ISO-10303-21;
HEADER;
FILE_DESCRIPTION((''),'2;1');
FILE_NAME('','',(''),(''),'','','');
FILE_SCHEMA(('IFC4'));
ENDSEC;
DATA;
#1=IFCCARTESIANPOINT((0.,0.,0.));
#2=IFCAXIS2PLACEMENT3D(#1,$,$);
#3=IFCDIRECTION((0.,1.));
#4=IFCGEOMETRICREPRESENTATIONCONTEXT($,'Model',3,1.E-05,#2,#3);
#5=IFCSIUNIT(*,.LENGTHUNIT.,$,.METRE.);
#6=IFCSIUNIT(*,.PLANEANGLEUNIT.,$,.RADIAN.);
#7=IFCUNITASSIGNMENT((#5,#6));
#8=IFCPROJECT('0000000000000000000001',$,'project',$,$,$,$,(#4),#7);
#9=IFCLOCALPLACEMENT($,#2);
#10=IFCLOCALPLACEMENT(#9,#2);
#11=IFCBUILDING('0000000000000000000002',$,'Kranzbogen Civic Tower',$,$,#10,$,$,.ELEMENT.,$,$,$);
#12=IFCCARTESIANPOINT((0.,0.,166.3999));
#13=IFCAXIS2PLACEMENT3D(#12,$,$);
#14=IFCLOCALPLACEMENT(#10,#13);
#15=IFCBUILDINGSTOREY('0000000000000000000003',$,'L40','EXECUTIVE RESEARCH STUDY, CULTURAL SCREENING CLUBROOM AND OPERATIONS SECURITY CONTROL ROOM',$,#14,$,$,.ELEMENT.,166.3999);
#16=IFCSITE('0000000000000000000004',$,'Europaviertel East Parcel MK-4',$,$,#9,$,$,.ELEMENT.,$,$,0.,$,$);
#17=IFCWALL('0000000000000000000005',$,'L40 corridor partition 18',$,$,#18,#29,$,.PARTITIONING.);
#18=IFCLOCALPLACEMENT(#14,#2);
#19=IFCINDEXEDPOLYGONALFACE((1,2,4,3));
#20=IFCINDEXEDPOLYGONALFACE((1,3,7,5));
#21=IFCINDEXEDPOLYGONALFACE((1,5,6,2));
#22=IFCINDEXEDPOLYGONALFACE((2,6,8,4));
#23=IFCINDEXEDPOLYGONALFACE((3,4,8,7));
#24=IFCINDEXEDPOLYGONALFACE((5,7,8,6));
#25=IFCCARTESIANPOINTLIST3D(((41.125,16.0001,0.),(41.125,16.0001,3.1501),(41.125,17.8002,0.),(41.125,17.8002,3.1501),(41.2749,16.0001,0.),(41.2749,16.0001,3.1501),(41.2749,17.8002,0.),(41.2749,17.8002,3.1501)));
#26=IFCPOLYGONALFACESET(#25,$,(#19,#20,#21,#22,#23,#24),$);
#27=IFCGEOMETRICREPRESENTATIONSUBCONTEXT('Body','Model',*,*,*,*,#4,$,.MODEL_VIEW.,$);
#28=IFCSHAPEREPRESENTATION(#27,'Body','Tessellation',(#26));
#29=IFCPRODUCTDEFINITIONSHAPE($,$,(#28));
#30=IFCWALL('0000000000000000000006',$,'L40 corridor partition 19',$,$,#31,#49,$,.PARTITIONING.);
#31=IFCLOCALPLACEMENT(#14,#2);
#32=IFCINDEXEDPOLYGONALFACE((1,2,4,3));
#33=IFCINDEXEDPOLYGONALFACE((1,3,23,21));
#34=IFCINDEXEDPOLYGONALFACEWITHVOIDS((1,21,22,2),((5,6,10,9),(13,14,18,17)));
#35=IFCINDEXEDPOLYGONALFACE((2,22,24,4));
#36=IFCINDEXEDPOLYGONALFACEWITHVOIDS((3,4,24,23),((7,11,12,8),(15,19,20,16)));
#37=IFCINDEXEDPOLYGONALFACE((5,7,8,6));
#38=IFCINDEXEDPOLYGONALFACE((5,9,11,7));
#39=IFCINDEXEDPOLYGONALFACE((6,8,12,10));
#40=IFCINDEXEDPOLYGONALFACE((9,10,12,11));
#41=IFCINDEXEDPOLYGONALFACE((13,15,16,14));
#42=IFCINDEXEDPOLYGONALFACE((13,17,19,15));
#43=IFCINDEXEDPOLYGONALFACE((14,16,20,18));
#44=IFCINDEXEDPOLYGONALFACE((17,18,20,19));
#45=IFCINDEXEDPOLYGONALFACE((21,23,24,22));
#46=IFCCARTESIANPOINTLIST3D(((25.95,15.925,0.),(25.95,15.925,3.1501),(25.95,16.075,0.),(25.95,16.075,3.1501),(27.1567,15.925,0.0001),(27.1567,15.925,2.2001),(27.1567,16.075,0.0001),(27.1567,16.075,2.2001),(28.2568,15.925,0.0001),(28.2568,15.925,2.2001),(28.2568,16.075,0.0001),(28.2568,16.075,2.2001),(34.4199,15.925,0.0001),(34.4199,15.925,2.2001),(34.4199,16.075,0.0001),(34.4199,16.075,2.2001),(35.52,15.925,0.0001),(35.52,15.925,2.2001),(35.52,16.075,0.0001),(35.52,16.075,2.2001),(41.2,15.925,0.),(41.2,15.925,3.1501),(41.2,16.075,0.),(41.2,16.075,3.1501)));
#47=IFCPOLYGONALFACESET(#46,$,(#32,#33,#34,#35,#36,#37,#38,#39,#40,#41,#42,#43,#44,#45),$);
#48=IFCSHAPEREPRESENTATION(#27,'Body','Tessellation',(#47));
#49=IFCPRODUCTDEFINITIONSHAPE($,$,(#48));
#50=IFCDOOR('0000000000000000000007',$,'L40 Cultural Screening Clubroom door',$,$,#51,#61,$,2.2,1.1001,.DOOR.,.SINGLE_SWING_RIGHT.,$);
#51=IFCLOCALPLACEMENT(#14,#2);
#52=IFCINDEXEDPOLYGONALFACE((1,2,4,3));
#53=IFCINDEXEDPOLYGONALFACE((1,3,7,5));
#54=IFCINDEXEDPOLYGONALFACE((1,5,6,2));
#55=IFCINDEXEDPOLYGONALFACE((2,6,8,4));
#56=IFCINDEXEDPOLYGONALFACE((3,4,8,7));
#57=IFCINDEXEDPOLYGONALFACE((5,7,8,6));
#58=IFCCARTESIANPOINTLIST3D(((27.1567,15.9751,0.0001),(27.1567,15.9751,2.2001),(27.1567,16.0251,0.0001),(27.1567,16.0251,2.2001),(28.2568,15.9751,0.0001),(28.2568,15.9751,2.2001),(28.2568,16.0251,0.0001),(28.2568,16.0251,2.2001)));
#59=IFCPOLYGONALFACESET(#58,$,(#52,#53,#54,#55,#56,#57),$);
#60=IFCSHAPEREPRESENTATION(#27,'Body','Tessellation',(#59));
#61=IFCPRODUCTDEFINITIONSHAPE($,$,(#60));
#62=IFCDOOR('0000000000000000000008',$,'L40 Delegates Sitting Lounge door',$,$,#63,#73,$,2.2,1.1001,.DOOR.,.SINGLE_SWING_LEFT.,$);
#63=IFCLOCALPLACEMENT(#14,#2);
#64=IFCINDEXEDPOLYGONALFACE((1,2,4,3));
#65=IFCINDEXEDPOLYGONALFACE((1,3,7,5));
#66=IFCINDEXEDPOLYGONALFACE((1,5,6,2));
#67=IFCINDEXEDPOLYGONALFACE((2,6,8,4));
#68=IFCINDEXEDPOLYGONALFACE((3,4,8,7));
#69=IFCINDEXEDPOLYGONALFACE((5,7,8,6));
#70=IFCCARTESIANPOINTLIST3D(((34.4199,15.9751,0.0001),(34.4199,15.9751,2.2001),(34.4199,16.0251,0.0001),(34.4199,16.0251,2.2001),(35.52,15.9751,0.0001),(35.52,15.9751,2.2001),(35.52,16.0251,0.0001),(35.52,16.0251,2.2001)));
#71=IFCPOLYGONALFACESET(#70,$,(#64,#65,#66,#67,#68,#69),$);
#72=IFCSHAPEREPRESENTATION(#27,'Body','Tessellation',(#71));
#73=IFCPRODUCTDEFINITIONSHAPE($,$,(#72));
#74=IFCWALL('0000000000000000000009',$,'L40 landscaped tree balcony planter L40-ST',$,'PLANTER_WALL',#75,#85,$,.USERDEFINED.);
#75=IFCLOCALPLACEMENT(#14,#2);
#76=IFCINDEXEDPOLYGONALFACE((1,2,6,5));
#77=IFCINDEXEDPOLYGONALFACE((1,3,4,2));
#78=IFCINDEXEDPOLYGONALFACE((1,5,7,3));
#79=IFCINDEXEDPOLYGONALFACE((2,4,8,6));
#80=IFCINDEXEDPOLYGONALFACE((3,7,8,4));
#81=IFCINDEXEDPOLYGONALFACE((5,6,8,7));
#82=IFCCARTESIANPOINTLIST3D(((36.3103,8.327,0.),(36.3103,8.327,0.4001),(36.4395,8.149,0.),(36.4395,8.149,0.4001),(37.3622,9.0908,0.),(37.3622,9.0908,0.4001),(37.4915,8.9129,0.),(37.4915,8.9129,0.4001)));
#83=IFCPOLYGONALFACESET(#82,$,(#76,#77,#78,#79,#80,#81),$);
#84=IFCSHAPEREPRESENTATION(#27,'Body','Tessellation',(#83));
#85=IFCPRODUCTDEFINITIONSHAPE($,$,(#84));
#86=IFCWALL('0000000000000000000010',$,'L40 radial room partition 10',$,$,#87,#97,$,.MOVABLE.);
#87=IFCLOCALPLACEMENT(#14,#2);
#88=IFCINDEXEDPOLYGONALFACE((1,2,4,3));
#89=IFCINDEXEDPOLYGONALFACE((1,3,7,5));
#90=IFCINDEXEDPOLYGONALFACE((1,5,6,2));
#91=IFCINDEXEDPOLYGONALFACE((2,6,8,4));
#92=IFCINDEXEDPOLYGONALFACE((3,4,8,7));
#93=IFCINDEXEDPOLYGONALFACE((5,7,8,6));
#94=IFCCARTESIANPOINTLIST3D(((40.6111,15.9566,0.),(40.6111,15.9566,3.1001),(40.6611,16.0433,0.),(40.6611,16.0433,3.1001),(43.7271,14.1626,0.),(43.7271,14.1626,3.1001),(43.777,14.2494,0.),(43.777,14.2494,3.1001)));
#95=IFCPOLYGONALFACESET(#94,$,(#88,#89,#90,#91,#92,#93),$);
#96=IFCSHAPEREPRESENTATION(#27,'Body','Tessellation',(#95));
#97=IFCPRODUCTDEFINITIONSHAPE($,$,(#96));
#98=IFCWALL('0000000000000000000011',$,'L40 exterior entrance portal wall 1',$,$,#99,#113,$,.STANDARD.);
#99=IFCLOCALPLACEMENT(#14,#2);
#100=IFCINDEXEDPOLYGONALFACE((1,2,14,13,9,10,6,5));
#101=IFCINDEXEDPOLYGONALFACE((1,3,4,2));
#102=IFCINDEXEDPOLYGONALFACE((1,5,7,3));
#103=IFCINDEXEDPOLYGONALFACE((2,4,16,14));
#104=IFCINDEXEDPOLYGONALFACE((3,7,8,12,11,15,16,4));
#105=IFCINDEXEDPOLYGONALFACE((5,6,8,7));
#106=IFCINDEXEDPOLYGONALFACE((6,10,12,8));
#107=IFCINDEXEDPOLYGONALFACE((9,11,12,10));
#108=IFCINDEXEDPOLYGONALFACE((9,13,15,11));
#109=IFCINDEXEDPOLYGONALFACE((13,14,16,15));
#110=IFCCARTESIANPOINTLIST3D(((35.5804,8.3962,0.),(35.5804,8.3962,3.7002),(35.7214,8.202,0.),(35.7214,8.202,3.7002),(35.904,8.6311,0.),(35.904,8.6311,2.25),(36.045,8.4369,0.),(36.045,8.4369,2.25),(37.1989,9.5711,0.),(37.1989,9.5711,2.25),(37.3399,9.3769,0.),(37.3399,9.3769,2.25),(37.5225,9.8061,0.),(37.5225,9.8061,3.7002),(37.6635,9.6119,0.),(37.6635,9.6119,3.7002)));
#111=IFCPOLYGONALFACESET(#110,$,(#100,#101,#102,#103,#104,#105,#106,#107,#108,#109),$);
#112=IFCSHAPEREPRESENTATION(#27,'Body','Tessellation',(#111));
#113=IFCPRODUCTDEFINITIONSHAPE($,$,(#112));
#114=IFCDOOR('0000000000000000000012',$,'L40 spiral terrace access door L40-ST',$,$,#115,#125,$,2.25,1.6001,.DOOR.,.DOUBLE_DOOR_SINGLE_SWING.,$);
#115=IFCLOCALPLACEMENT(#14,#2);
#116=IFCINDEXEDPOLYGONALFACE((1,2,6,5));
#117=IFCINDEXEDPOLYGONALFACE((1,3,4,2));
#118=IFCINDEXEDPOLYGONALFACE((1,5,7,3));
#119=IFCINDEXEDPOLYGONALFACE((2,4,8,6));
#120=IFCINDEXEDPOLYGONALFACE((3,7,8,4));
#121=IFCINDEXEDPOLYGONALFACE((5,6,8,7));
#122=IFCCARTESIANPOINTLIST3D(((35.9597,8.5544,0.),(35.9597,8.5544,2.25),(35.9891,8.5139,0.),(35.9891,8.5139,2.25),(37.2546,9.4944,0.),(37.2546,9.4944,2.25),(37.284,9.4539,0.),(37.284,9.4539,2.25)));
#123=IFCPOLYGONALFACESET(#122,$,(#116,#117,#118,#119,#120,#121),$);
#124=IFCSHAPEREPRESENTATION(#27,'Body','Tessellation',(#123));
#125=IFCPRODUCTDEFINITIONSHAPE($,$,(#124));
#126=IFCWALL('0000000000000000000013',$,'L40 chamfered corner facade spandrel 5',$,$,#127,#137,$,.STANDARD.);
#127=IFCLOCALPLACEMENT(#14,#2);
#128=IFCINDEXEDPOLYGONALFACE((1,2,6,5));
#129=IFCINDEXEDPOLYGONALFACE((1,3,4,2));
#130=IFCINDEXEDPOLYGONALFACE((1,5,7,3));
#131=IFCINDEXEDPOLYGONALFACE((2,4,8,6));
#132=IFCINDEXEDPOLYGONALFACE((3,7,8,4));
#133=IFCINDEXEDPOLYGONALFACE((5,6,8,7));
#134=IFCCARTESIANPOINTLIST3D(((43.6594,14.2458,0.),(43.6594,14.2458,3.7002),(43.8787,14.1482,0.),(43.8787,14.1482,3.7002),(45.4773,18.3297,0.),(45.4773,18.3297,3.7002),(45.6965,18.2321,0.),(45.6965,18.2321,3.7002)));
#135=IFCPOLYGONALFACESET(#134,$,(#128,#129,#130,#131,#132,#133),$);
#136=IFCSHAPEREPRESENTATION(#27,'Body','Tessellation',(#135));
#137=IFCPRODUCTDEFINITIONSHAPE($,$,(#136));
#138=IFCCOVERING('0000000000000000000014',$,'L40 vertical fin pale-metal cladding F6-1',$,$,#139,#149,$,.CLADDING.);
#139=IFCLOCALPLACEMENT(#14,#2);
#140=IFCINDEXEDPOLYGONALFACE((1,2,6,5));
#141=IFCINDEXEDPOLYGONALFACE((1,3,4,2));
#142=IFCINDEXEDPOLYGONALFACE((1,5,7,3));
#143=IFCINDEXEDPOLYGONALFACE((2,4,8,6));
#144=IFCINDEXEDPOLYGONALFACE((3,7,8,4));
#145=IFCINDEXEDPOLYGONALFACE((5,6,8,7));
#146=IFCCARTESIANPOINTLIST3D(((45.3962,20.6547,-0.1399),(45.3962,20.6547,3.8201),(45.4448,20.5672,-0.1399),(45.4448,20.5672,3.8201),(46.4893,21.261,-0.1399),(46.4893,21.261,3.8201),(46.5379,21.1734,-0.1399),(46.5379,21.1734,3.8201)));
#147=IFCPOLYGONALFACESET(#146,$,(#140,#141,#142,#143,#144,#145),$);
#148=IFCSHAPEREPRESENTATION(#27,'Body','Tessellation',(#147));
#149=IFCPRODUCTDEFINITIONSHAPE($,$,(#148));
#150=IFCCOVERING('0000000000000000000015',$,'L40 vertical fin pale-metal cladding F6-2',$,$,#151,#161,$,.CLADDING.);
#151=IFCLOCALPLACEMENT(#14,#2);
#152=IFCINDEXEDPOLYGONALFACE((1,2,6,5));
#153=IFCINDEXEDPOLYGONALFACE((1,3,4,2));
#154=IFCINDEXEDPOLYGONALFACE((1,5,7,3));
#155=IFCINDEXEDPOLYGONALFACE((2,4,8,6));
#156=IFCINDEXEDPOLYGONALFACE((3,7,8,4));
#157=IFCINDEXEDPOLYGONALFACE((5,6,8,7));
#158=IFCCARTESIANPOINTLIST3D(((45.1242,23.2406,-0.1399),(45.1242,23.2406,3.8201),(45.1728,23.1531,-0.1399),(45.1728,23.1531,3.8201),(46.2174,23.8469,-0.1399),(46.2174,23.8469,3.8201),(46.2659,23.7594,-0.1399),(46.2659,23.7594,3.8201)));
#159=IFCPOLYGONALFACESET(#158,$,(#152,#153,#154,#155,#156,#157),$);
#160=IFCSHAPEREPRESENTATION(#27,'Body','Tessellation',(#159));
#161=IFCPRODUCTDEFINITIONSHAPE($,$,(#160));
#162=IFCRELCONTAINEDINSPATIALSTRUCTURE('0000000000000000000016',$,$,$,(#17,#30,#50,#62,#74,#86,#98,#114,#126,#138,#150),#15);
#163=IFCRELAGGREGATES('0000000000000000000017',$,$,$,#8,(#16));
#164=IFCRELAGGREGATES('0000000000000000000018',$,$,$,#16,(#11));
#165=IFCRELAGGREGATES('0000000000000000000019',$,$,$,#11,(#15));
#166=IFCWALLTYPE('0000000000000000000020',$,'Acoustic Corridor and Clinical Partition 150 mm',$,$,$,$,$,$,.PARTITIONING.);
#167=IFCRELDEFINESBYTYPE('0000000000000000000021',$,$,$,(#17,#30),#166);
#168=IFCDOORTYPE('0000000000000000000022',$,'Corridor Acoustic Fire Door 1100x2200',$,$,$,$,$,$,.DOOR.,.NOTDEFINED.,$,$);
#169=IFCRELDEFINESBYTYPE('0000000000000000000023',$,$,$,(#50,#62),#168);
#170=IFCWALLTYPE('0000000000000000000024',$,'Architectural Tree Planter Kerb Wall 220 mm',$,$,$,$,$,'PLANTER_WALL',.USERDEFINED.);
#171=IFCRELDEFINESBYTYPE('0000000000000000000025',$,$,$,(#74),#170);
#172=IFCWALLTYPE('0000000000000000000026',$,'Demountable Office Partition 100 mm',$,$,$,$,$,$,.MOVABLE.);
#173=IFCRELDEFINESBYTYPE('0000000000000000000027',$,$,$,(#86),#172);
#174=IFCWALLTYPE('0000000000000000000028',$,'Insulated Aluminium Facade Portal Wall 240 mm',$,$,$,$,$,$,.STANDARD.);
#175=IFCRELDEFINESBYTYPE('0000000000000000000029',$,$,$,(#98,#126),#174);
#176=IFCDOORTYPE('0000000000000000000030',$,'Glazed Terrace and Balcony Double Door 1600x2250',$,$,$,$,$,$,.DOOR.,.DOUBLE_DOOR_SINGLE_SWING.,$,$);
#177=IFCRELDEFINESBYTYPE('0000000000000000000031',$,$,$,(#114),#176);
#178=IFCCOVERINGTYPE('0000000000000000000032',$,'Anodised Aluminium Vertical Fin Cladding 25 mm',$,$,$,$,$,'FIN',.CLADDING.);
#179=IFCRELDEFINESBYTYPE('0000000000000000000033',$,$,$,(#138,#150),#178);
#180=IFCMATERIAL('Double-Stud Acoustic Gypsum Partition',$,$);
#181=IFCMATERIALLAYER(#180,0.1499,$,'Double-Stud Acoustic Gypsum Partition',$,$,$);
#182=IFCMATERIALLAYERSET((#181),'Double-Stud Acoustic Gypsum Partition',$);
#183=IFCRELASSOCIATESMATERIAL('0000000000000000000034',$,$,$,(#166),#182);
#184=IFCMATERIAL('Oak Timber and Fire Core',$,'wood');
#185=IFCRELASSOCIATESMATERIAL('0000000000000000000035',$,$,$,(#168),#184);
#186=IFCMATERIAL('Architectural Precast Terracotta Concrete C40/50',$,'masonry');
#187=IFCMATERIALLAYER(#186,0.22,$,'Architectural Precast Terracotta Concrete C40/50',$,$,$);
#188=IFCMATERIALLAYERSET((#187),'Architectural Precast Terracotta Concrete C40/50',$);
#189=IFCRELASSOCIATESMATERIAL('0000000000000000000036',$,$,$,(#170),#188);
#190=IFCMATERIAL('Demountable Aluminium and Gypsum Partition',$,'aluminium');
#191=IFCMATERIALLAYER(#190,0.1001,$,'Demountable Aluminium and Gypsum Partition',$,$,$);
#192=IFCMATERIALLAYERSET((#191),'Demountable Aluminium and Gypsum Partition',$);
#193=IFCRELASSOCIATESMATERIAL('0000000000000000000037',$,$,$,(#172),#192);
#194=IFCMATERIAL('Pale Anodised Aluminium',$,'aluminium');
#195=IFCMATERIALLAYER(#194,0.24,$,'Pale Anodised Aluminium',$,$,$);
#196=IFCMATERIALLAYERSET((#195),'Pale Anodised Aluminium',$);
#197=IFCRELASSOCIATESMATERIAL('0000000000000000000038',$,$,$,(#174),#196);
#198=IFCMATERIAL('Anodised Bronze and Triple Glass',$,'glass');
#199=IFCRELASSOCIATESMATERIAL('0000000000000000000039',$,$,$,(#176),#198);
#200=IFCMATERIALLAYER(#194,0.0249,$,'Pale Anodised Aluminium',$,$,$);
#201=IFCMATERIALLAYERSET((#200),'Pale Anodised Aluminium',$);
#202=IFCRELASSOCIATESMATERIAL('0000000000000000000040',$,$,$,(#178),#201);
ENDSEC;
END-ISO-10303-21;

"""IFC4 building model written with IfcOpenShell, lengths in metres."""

from ifc_helpers import new_model, si_unit, direction, frame, frame_2d, origin, origin_2d, place, context, subcontext, project, spatial, rectangle, extrude, material, layer, layer_set, type_object, element, fill, save


model = new_model("IFC4")

# Units and contexts
model_context = context("Model", 3, precision=1e-05, world=origin(), true_north=direction((0.0, 1.0)))
body_context = subcontext(model_context, "Body", "Model", "MODEL_VIEW")
ifc_project = project(units=[si_unit("LENGTHUNIT", "METRE"), si_unit("PLANEANGLEUNIT", "RADIAN")], contexts=[model_context])

# Site, building, storey
site_placement = place(None, origin())
site = spatial("IfcSite", under=ifc_project, at=site_placement, Name="Europaviertel East Parcel MK-4", CompositionType="ELEMENT", RefElevation=0.0)
building_placement = place(site_placement, origin())
building = spatial("IfcBuilding", under=site, at=building_placement, Name="Kranzbogen Civic Tower", CompositionType="ELEMENT")
storey_placement = place(building_placement, frame((0.0, 0.0, 166.3999)))
storey = spatial("IfcBuildingStorey", under=building, at=storey_placement, Name="L40", Description="EXECUTIVE RESEARCH STUDY, CULTURAL SCREENING CLUBROOM AND OPERATIONS SECURITY CONTROL ROOM", CompositionType="ELEMENT", Elevation=166.3999)

# Shared definitions
ifc_material_1 = material(Name="Pale Anodised Aluminium", Category="aluminium")

# Wall
ifc_material_2 = material(Name="Double-Stud Acoustic Gypsum Partition")
ifc_layer_1 = layer(ifc_material_2, 0.1499, Name="Double-Stud Acoustic Gypsum Partition")
ifc_layer_set_1 = layer_set([ifc_layer_1], Name="Double-Stud Acoustic Gypsum Partition")
wall_type_1 = type_object("IfcWallType", Name="Acoustic Corridor and Clinical Partition 150 mm", PredefinedType="PARTITIONING", material=ifc_layer_set_1)
wall_1_placement = place(storey_placement, frame((41.2, 17.8, 0.0), z_axis=(0.0, 0.0, 1.0), x_axis=(0.0, -1.0, 0.0)))
element("IfcWall", 1, at=wall_1_placement, inside=storey, type_object=wall_type_1, Name="L40 corridor partition 18", PredefinedType="PARTITIONING", context=body_context, shape_type="SweptSolid", body=[
    extrude(rectangle(XDim=1.8, YDim=0.1499, at=frame_2d((0.8999, 0.0))), origin(), (0.0, 0.0, 1.0), 3.1501),
])

# Wall, openings, doors
wall_2_placement = place(storey_placement, frame((41.2, 16.0, 0.0), z_axis=(0.0, 0.0, 1.0), x_axis=(-1.0, 0.0, 0.0)))
wall_2 = element("IfcWall", 2, at=wall_2_placement, inside=storey, type_object=wall_type_1, Name="L40 corridor partition 19", PredefinedType="PARTITIONING", context=body_context, shape_type="SweptSolid", body=[
    extrude(rectangle(XDim=15.25, YDim=0.1499, at=frame_2d((7.625, 0.0))), origin(), (0.0, 0.0, 1.0), 3.1501),
])
opening_1_placement = place(wall_2_placement, frame((12.9431, 0.0, 0.0)))
opening_1 = element("IfcOpeningElement", 3, at=opening_1_placement, cuts=wall_2, PredefinedType="OPENING", context=body_context, shape_type="SweptSolid", body=[
    extrude(rectangle(XDim=1.1001, YDim=2.2, at=frame_2d((0.55, 1.1001))), frame((0.0, 0.085, 0.0), z_axis=(0.0, -1.0, 0.0), x_axis=(1.0, 0.0, 0.0)), (0.0, 0.0, 1.0), 0.1699),
])
opening_2_placement = place(wall_2_placement, frame((5.6799, 0.0, 0.0)))
opening_2 = element("IfcOpeningElement", 4, at=opening_2_placement, cuts=wall_2, PredefinedType="OPENING", context=body_context, shape_type="SweptSolid", body=[
    extrude(rectangle(XDim=1.1001, YDim=2.2, at=frame_2d((0.55, 1.1001))), frame((0.0, 0.085, 0.0), z_axis=(0.0, -1.0, 0.0), x_axis=(1.0, 0.0, 0.0)), (0.0, 0.0, 1.0), 0.1699),
])
ifc_material_3 = material(Name="Oak Timber and Fire Core", Category="wood")
door_type_1 = type_object("IfcDoorType", Name="Corridor Acoustic Fire Door 1100x2200", OperationType="NOTDEFINED", PredefinedType="DOOR", material=ifc_material_3)
door_1_placement = place(opening_1_placement, origin())
door_1 = element("IfcDoor", 5, at=door_1_placement, inside=storey, type_object=door_type_1, Name="L40 Cultural Screening Clubroom door", OperationType="SINGLE_SWING_RIGHT", OverallHeight=2.2, OverallWidth=1.1001, PredefinedType="DOOR", context=body_context, shape_type="SweptSolid", body=[
    extrude(rectangle(XDim=1.1001, YDim=2.2, at=frame_2d((0.55, 1.1001))), frame((0.0, 0.0249, 0.0), z_axis=(0.0, -1.0, 0.0), x_axis=(1.0, 0.0, 0.0)), (0.0, 0.0, 1.0), 0.05),
])
fill(opening_1, door_1)
door_2_placement = place(opening_2_placement, origin())
door_2 = element("IfcDoor", 6, at=door_2_placement, inside=storey, type_object=door_type_1, Name="L40 Delegates Sitting Lounge door", OperationType="SINGLE_SWING_LEFT", OverallHeight=2.2, OverallWidth=1.1001, PredefinedType="DOOR", context=body_context, shape_type="SweptSolid", body=[
    extrude(rectangle(XDim=1.1001, YDim=2.2, at=frame_2d((0.55, 1.1001))), frame((0.0, 0.0249, 0.0), z_axis=(0.0, -1.0, 0.0), x_axis=(1.0, 0.0, 0.0)), (0.0, 0.0, 1.0), 0.05),
])
fill(opening_2, door_2)

# Walls
ifc_material_4 = material(Name="Architectural Precast Terracotta Concrete C40/50", Category="masonry")
ifc_layer_2 = layer(ifc_material_4, 0.22, Name="Architectural Precast Terracotta Concrete C40/50")
ifc_layer_set_2 = layer_set([ifc_layer_2], Name="Architectural Precast Terracotta Concrete C40/50")
wall_type_2 = type_object("IfcWallType", Name="Architectural Tree Planter Kerb Wall 220 mm", ElementType="PLANTER_WALL", PredefinedType="USERDEFINED", material=ifc_layer_set_2)
wall_3_placement = place(storey_placement, frame((36.375, 8.238, 0.0), z_axis=(0.0, 0.0, 1.0), x_axis=(0.809166, 0.58758, 0.0)))
element("IfcWall", 7, at=wall_3_placement, inside=storey, type_object=wall_type_2, Name="L40 landscaped tree balcony planter L40-ST", ObjectType="PLANTER_WALL", PredefinedType="USERDEFINED", context=body_context, shape_type="SweptSolid", body=[
    extrude(rectangle(XDim=1.3, YDim=0.22, at=frame_2d((0.6499, 0.0))), origin(), (0.0, 0.0, 1.0), 0.4001),
])
ifc_material_5 = material(Name="Demountable Aluminium and Gypsum Partition", Category="aluminium")
ifc_layer_3 = layer(ifc_material_5, 0.1001, Name="Demountable Aluminium and Gypsum Partition")
ifc_layer_set_3 = layer_set([ifc_layer_3], Name="Demountable Aluminium and Gypsum Partition")
wall_type_3 = type_object("IfcWallType", Name="Demountable Office Partition 100 mm", PredefinedType="MOVABLE", material=ifc_layer_set_3)
wall_4_placement = place(storey_placement, frame((40.636, 16.0, 0.0), z_axis=(0.0, 0.0, 1.0), x_axis=(0.866634, -0.498944, 0.0)))
element("IfcWall", 8, at=wall_4_placement, inside=storey, type_object=wall_type_3, Name="L40 radial room partition 10", PredefinedType="MOVABLE", context=body_context, shape_type="SweptSolid", body=[
    extrude(rectangle(XDim=3.5955, YDim=0.1001, at=frame_2d((1.7979, 0.0))), origin(), (0.0, 0.0, 1.0), 3.1001),
])

# Wall, opening, door
ifc_layer_4 = layer(ifc_material_1, 0.24, Name="Pale Anodised Aluminium")
ifc_layer_set_4 = layer_set([ifc_layer_4], Name="Pale Anodised Aluminium")
wall_type_4 = type_object("IfcWallType", Name="Insulated Aluminium Facade Portal Wall 240 mm", PredefinedType="STANDARD", material=ifc_layer_set_4)
wall_5_placement = place(storey_placement, frame((35.6509, 8.2991, 0.0), z_axis=(0.0, 0.0, 1.0), x_axis=(0.809242, 0.587476, 0.0)))
wall_5 = element("IfcWall", 9, at=wall_5_placement, inside=storey, type_object=wall_type_4, Name="L40 exterior entrance portal wall 1", PredefinedType="STANDARD", context=body_context, shape_type="SweptSolid", body=[
    extrude(rectangle(XDim=2.3999, YDim=0.24, at=frame_2d((1.2, 0.0))), origin(), (0.0, 0.0, 1.0), 3.7002),
])
opening_3_placement = place(wall_5_placement, frame((0.3999, 0.0, 0.0)))
opening_3 = element("IfcOpeningElement", 10, at=opening_3_placement, cuts=wall_5, PredefinedType="OPENING", context=body_context, shape_type="SweptSolid", body=[
    extrude(rectangle(XDim=1.6001, YDim=2.25, at=frame_2d((0.8, 1.125))), frame((0.0, 0.1299, 0.0), z_axis=(0.0, -1.0, 0.0), x_axis=(1.0, 0.0, 0.0)), (0.0, 0.0, 1.0), 0.26),
])
ifc_material_6 = material(Name="Anodised Bronze and Triple Glass", Category="glass")
door_type_2 = type_object("IfcDoorType", Name="Glazed Terrace and Balcony Double Door 1600x2250", OperationType="DOUBLE_DOOR_SINGLE_SWING", PredefinedType="DOOR", material=ifc_material_6)
door_3_placement = place(opening_3_placement, frame((1.6001, 0.0, 0.0), z_axis=(0.0, 0.0, 1.0), x_axis=(-1.0, 0.0, 0.0)))
door_3 = element("IfcDoor", 11, at=door_3_placement, inside=storey, type_object=door_type_2, Name="L40 spiral terrace access door L40-ST", OperationType="DOUBLE_DOOR_SINGLE_SWING", OverallHeight=2.25, OverallWidth=1.6001, PredefinedType="DOOR", context=body_context, shape_type="SweptSolid", body=[
    extrude(rectangle(XDim=1.6001, YDim=2.25, at=frame_2d((0.8, 1.125))), frame((0.0, 0.0249, 0.0), z_axis=(0.0, -1.0, 0.0), x_axis=(1.0, 0.0, 0.0)), (0.0, 0.0, 1.0), 0.05),
])
fill(opening_3, door_3)

# Wall
wall_6_placement = place(storey_placement, frame((43.769, 14.197, 0.0), z_axis=(0.0, 0.0, 1.0), x_axis=(0.406655, 0.913582, 0.0)))
element("IfcWall", 12, at=wall_6_placement, inside=storey, type_object=wall_type_4, Name="L40 chamfered corner facade spandrel 5", PredefinedType="STANDARD", context=body_context, shape_type="SweptSolid", body=[
    extrude(rectangle(XDim=4.4702, YDim=0.24, at=frame_2d((2.2351, 0.0))), origin(), (0.0, 0.0, 1.0), 3.7002),
])

# Coverings
ifc_layer_5 = layer(ifc_material_1, 0.0249, Name="Pale Anodised Aluminium")
ifc_layer_set_5 = layer_set([ifc_layer_5], Name="Pale Anodised Aluminium")
covering_type = type_object("IfcCoveringType", Name="Anodised Aluminium Vertical Fin Cladding 25 mm", ElementType="FIN", PredefinedType="CLADDING", material=ifc_layer_set_5)
for number, where, z_axis, x_axis, name in (
    (13, (45.967, 20.9141, -0.1399), (0.0, 0.0, 1.0), (0.874501, 0.485023, 0.0), "L40 vertical fin pale-metal cladding F6-1"),
    (14, (45.6951, 23.5, -0.1399), (0.0, 0.0, 1.0), (0.874501, 0.485023, 0.0), "L40 vertical fin pale-metal cladding F6-2"),
):
    element("IfcCovering", number, at=place(storey_placement, frame(where, z_axis=z_axis, x_axis=x_axis)), inside=storey, type_object=covering_type, Name=name, PredefinedType="CLADDING", context=body_context, shape_type="SweptSolid", body=[
        extrude(rectangle(XDim=1.25, YDim=0.1001, at=origin_2d()), origin(), (0.0, 0.0, 1.0), 3.96),
    ])

save(model, "model.ifc")
